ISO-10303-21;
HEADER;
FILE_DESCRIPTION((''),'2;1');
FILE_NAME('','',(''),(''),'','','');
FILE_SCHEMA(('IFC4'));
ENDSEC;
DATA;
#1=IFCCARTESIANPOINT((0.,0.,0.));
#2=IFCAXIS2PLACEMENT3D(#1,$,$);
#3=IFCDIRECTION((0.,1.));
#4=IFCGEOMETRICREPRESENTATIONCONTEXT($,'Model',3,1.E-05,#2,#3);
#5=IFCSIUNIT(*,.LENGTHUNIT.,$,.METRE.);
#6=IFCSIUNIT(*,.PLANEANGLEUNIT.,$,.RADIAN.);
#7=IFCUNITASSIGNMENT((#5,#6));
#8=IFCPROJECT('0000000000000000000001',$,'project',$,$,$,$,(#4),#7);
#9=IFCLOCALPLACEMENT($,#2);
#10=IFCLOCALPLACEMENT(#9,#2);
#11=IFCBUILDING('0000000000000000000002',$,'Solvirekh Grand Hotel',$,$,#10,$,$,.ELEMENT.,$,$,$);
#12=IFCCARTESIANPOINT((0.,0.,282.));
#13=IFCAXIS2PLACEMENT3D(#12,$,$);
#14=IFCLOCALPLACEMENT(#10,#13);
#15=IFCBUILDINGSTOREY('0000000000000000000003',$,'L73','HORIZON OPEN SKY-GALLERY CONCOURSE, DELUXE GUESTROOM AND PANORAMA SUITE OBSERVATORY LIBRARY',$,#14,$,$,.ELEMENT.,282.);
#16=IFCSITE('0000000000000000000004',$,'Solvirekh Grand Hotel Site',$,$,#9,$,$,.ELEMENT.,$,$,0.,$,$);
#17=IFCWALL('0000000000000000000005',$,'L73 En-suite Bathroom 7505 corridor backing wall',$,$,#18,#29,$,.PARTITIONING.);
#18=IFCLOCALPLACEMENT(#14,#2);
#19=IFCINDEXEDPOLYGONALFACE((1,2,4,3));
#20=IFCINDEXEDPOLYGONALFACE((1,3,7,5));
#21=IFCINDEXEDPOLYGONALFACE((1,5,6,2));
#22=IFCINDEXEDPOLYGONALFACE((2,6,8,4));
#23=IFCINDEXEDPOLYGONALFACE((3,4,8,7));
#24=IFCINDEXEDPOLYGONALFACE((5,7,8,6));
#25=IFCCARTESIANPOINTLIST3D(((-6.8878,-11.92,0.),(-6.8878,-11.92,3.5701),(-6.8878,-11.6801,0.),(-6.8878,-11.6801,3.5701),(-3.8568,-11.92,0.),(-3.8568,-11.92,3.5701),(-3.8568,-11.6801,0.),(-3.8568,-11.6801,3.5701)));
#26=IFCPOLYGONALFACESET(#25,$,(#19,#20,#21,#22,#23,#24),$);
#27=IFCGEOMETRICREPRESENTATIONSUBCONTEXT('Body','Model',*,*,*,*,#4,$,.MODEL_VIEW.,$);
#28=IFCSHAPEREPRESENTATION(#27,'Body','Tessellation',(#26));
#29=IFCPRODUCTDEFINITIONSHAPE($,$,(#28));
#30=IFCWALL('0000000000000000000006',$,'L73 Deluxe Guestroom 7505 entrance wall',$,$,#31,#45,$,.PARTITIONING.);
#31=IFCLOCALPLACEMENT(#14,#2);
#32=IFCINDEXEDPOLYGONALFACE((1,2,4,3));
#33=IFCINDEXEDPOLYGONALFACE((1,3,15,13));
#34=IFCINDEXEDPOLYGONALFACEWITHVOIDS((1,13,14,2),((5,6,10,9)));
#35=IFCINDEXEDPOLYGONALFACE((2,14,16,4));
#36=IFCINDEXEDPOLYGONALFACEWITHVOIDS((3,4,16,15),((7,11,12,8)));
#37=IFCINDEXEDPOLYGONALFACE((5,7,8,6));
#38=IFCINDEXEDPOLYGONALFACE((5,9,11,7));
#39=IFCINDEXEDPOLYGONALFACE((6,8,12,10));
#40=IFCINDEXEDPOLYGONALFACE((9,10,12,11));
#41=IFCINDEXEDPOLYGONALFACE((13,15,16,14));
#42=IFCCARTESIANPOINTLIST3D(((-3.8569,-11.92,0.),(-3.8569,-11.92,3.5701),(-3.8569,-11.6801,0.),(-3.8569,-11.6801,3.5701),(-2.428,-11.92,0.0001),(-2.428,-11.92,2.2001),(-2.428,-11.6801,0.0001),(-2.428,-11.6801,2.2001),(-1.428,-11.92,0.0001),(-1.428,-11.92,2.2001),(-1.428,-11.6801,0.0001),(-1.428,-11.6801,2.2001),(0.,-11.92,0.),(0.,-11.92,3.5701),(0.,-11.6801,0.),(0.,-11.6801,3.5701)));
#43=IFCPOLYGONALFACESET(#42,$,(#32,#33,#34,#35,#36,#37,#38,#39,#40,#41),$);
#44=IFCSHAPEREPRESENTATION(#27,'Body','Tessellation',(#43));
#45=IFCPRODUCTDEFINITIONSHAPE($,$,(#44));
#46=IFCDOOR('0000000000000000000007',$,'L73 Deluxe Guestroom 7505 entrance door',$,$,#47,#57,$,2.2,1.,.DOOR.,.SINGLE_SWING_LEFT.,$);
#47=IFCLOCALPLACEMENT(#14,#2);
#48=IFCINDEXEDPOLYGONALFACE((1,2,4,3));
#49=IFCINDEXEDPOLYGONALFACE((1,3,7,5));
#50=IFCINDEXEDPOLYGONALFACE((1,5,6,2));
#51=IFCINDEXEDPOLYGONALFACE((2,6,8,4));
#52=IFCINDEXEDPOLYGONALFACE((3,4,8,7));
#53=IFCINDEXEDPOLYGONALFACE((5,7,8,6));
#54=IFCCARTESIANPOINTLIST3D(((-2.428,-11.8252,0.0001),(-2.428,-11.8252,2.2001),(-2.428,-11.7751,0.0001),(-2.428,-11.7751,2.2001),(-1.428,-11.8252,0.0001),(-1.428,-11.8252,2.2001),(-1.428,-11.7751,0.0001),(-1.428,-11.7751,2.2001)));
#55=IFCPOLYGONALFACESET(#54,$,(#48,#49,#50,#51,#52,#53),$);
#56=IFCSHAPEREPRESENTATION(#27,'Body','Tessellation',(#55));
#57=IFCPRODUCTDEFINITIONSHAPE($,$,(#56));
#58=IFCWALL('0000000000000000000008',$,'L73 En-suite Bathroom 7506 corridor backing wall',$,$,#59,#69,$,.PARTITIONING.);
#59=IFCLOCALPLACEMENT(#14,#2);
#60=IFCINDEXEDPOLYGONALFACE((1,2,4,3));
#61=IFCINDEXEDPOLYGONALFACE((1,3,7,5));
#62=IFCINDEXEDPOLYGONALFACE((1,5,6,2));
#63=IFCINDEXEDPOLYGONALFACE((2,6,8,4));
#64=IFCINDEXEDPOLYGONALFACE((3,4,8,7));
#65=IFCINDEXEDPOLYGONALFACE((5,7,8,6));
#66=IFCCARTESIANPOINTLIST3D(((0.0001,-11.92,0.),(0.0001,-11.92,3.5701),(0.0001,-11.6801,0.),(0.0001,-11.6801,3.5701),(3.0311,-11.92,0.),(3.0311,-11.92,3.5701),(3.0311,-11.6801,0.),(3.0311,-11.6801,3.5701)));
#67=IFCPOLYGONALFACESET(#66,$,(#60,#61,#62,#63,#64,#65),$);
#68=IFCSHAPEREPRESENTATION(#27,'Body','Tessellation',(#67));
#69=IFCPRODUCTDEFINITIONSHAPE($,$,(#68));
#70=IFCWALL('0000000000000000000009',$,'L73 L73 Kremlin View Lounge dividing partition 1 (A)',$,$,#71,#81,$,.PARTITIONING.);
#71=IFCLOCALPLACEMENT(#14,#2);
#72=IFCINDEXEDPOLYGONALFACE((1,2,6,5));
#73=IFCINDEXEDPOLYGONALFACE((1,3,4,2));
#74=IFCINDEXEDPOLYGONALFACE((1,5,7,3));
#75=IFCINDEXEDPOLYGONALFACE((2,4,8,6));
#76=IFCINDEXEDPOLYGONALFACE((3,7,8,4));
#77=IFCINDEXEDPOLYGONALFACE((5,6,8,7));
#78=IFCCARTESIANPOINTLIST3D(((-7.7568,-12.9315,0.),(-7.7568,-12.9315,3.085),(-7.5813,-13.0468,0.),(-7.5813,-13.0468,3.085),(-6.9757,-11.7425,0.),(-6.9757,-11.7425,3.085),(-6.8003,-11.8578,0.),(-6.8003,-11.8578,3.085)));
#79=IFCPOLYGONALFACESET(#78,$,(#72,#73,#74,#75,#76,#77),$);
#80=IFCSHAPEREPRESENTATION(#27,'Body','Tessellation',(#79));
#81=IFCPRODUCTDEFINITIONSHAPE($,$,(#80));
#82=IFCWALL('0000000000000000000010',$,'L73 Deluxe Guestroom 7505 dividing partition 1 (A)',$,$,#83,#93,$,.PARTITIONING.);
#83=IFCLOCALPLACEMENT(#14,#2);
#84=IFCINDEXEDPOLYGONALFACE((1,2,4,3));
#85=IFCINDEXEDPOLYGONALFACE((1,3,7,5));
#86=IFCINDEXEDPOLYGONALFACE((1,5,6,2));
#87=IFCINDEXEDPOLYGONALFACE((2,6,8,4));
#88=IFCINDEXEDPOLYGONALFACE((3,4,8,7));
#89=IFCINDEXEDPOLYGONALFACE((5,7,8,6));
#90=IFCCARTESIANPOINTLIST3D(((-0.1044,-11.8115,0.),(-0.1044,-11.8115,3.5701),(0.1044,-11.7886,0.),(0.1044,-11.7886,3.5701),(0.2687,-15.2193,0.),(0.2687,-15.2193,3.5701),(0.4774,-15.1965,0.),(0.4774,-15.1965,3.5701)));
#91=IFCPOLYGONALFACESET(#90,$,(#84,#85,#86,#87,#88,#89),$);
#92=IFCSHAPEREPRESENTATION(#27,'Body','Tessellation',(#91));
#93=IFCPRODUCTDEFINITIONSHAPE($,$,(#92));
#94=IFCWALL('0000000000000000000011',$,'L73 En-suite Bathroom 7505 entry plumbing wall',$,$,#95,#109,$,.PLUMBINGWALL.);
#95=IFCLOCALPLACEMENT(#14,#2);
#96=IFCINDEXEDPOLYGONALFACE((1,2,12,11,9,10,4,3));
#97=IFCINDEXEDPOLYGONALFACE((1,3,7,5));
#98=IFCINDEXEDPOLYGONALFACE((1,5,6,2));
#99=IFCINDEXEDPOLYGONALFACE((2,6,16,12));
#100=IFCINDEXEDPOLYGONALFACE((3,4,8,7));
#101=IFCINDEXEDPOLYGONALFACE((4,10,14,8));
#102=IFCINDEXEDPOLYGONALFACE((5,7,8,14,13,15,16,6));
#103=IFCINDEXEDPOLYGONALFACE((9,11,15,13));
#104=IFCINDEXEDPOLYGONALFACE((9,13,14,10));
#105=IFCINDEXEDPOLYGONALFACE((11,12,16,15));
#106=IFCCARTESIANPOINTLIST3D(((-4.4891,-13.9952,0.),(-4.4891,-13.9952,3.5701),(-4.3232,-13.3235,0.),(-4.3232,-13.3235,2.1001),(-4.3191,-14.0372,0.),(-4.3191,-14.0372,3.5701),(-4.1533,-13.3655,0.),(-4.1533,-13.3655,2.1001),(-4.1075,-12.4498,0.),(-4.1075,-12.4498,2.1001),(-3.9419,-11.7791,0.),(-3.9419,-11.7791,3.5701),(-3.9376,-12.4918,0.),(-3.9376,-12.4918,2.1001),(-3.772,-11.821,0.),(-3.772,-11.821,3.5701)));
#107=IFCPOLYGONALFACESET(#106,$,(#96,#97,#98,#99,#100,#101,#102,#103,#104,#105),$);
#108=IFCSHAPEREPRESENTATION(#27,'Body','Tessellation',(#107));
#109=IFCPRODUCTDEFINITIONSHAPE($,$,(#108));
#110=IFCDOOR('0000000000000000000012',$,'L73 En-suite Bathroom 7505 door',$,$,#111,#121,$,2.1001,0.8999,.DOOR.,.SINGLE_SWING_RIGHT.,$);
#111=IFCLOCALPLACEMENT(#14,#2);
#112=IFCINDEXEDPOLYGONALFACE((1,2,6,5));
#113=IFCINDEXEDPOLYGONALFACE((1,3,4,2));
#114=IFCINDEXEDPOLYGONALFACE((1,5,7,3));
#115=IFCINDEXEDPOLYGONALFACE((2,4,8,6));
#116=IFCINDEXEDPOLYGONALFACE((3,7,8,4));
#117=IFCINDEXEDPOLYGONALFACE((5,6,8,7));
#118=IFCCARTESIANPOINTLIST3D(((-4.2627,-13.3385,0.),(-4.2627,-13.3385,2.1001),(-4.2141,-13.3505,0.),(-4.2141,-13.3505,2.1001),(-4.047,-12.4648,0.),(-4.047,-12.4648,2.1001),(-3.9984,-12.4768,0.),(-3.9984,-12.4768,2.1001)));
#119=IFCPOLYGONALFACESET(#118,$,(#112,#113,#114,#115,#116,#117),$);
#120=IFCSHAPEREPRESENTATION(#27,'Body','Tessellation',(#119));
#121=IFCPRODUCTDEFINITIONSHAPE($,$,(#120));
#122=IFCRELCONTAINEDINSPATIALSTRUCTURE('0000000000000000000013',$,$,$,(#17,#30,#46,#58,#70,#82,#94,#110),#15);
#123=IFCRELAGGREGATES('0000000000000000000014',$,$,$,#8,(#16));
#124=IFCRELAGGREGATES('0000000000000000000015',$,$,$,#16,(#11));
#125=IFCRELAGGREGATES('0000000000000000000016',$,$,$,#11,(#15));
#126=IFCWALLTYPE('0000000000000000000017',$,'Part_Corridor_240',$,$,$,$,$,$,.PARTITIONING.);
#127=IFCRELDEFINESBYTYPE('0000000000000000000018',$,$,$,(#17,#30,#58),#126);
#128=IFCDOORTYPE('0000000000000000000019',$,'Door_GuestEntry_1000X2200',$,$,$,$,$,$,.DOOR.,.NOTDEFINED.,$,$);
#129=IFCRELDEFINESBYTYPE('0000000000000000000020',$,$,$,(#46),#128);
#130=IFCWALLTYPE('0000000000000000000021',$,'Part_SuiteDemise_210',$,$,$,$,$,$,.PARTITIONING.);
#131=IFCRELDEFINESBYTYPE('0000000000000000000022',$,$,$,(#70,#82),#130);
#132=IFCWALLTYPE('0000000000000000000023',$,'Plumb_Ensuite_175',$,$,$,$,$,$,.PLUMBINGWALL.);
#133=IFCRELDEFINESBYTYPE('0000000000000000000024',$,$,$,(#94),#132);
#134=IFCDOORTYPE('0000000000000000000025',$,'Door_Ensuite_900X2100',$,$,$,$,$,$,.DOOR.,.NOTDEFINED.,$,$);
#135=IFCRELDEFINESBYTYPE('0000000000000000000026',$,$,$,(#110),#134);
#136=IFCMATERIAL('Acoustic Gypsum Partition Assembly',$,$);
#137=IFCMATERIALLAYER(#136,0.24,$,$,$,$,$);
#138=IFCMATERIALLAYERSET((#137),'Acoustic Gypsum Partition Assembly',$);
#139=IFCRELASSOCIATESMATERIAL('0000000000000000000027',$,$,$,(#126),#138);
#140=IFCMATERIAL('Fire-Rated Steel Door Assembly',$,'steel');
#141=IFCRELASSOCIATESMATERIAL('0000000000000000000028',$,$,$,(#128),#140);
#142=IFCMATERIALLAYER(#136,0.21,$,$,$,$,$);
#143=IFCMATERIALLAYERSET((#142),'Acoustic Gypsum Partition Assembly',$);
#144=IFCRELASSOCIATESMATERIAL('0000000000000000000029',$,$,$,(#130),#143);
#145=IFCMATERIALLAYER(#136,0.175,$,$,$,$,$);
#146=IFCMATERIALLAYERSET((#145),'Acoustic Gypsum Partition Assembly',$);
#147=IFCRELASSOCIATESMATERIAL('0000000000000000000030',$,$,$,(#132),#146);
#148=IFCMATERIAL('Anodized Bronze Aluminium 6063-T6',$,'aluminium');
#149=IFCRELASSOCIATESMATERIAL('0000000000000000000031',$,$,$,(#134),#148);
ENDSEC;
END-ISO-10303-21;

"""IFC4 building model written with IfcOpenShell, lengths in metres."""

from ifc_helpers import new_model, si_unit, direction, frame, frame_2d, origin, place, context, subcontext, project, spatial, rectangle, extrude, material, layer, layer_set, type_object, element, fill, save


model = new_model("IFC4")

# Units and contexts
model_context = context("Model", 3, precision=1e-05, world=origin(), true_north=direction((0.0, 1.0)))
body_context = subcontext(model_context, "Body", "Model", "MODEL_VIEW")
ifc_project = project(units=[si_unit("LENGTHUNIT", "METRE"), si_unit("PLANEANGLEUNIT", "RADIAN")], contexts=[model_context])

# Site, building, storey
site_placement = place(None, origin())
site = spatial("IfcSite", under=ifc_project, at=site_placement, Name="Solvirekh Grand Hotel Site", CompositionType="ELEMENT", RefElevation=0.0)
building_placement = place(site_placement, origin())
building = spatial("IfcBuilding", under=site, at=building_placement, Name="Solvirekh Grand Hotel", CompositionType="ELEMENT")
storey_placement = place(building_placement, frame((0.0, 0.0, 282.0)))
storey = spatial("IfcBuildingStorey", under=building, at=storey_placement, Name="L73", Description="HORIZON OPEN SKY-GALLERY CONCOURSE, DELUXE GUESTROOM AND PANORAMA SUITE OBSERVATORY LIBRARY", CompositionType="ELEMENT", Elevation=282.0)

# Shared definitions
ifc_material_1 = material(Name="Anodized Bronze Aluminium 6063-T6", Category="aluminium")

# Wall
ifc_material_2 = material(Name="Acoustic Gypsum Partition Assembly")
ifc_layer_1 = layer(ifc_material_2, 0.24)
ifc_layer_set_1 = layer_set([ifc_layer_1], Name="Acoustic Gypsum Partition Assembly")
wall_type_1 = type_object("IfcWallType", Name="Part_Corridor_240", PredefinedType="PARTITIONING", material=ifc_layer_set_1)
wall_1_placement = place(storey_placement, frame((-6.8879, -11.8, 0.0), z_axis=(0.0, 0.0, 1.0), x_axis=(1.0, 0.0, 0.0)))
element("IfcWall", 1, at=wall_1_placement, inside=storey, type_object=wall_type_1, Name="L73 En-suite Bathroom 7505 corridor backing wall", PredefinedType="PARTITIONING", context=body_context, shape_type="SweptSolid", body=[
    extrude(rectangle(XDim=3.031, YDim=0.24, at=frame_2d((1.5156, 0.0))), origin(), (0.0, 0.0, 1.0), 3.5701),
])

# Wall, opening, door
wall_2_placement = place(storey_placement, frame((-3.8569, -11.8, 0.0), z_axis=(0.0, 0.0, 1.0), x_axis=(1.0, 0.0, 0.0)))
wall_2 = element("IfcWall", 2, at=wall_2_placement, inside=storey, type_object=wall_type_1, Name="L73 Deluxe Guestroom 7505 entrance wall", PredefinedType="PARTITIONING", context=body_context, shape_type="SweptSolid", body=[
    extrude(rectangle(XDim=3.8569, YDim=0.24, at=frame_2d((1.9285, 0.0))), origin(), (0.0, 0.0, 1.0), 3.5701),
])
opening_1_placement = place(wall_2_placement, frame((1.429, 0.0, 0.0)))
opening_1 = element("IfcOpeningElement", 3, at=opening_1_placement, cuts=wall_2, PredefinedType="OPENING", context=body_context, shape_type="SweptSolid", body=[
    extrude(rectangle(XDim=1.0, YDim=2.2, at=frame_2d((0.5, 1.1001))), frame((0.0, 0.1299, 0.0), z_axis=(0.0, -1.0, 0.0), x_axis=(1.0, 0.0, 0.0)), (0.0, 0.0, 1.0), 0.26),
])
ifc_material_3 = material(Name="Fire-Rated Steel Door Assembly", Category="steel")
door_type_1 = type_object("IfcDoorType", Name="Door_GuestEntry_1000X2200", OperationType="NOTDEFINED", PredefinedType="DOOR", material=ifc_material_3)
door_1_placement = place(opening_1_placement, origin())
door_1 = element("IfcDoor", 4, at=door_1_placement, inside=storey, type_object=door_type_1, Name="L73 Deluxe Guestroom 7505 entrance door", OperationType="SINGLE_SWING_LEFT", OverallHeight=2.2, OverallWidth=1.0, PredefinedType="DOOR", context=body_context, shape_type="SweptSolid", body=[
    extrude(rectangle(XDim=1.0, YDim=2.2, at=frame_2d((0.5, 1.1001))), frame((0.0, 0.0249, 0.0), z_axis=(0.0, -1.0, 0.0), x_axis=(1.0, 0.0, 0.0)), (0.0, 0.0, 1.0), 0.05),
])
fill(opening_1, door_1)

# Walls
wall_3_placement = place(storey_placement, frame((0.0, -11.8, 0.0), z_axis=(0.0, 0.0, 1.0), x_axis=(1.0, 0.0, 0.0)))
element("IfcWall", 5, at=wall_3_placement, inside=storey, type_object=wall_type_1, Name="L73 En-suite Bathroom 7506 corridor backing wall", PredefinedType="PARTITIONING", context=body_context, shape_type="SweptSolid", body=[
    extrude(rectangle(XDim=3.031, YDim=0.24, at=frame_2d((1.5156, 0.0))), origin(), (0.0, 0.0, 1.0), 3.5701),
])
ifc_layer_2 = layer(ifc_material_2, 0.21)
ifc_layer_set_2 = layer_set([ifc_layer_2], Name="Acoustic Gypsum Partition Assembly")
wall_type_2 = type_object("IfcWallType", Name="Part_SuiteDemise_210", PredefinedType="PARTITIONING", material=ifc_layer_set_2)
wall_4_placement = place(storey_placement, frame((-6.8879, -11.8, 0.0), z_axis=(0.0, 0.0, 1.0), x_axis=(-0.549024, -0.835807, 0.0)))
element("IfcWall", 6, at=wall_4_placement, inside=storey, type_object=wall_type_2, Name="L73 L73 Kremlin View Lounge dividing partition 1 (A)", PredefinedType="PARTITIONING", context=body_context, shape_type="SweptSolid", body=[
    extrude(rectangle(XDim=1.4226, YDim=0.21, at=frame_2d((0.7114, 0.0))), origin(), (0.0, 0.0, 1.0), 3.085),
])
wall_5_placement = place(storey_placement, frame((0.0, -11.8, 0.0), z_axis=(0.0, 0.0, 1.0), x_axis=(0.108813, -0.994062, 0.0)))
element("IfcWall", 7, at=wall_5_placement, inside=storey, type_object=wall_type_2, Name="L73 Deluxe Guestroom 7505 dividing partition 1 (A)", PredefinedType="PARTITIONING", context=body_context, shape_type="SweptSolid", body=[
    extrude(rectangle(XDim=3.4282, YDim=0.21, at=frame_2d((1.7141, 0.0))), origin(), (0.0, 0.0, 1.0), 3.5701),
])

# Wall, opening, door
ifc_layer_3 = layer(ifc_material_2, 0.175)
ifc_layer_set_3 = layer_set([ifc_layer_3], Name="Acoustic Gypsum Partition Assembly")
wall_type_3 = type_object("IfcWallType", Name="Plumb_Ensuite_175", PredefinedType="PLUMBINGWALL", material=ifc_layer_set_3)
wall_6_placement = place(storey_placement, frame((-3.8569, -11.8, 0.0), z_axis=(0.0, 0.0, 1.0), x_axis=(-0.239691, -0.970849, 0.0)))
wall_6 = element("IfcWall", 8, at=wall_6_placement, inside=storey, type_object=wall_type_3, Name="L73 En-suite Bathroom 7505 entry plumbing wall", PredefinedType="PLUMBINGWALL", context=body_context, shape_type="SweptSolid", body=[
    extrude(rectangle(XDim=2.2827, YDim=0.175, at=frame_2d((1.1414, 0.0))), origin(), (0.0, 0.0, 1.0), 3.5701),
])
opening_2_placement = place(wall_6_placement, frame((0.6909, 0.0, 0.0)))
opening_2 = element("IfcOpeningElement", 9, at=opening_2_placement, cuts=wall_6, PredefinedType="OPENING", context=body_context, shape_type="SweptSolid", body=[
    extrude(rectangle(XDim=0.8999, YDim=2.1001, at=frame_2d((0.45, 1.05))), frame((0.0, 0.0977, 0.0), z_axis=(0.0, -1.0, 0.0), x_axis=(1.0, 0.0, 0.0)), (0.0, 0.0, 1.0), 0.1951),
])
door_type_2 = type_object("IfcDoorType", Name="Door_Ensuite_900X2100", OperationType="NOTDEFINED", PredefinedType="DOOR", material=ifc_material_1)
door_2_placement = place(opening_2_placement, origin())
door_2 = element("IfcDoor", 10, at=door_2_placement, inside=storey, type_object=door_type_2, Name="L73 En-suite Bathroom 7505 door", OperationType="SINGLE_SWING_RIGHT", OverallHeight=2.1001, OverallWidth=0.8999, PredefinedType="DOOR", context=body_context, shape_type="SweptSolid", body=[
    extrude(rectangle(XDim=0.8999, YDim=2.1001, at=frame_2d((0.45, 1.05))), frame((0.0, 0.0249, 0.0), z_axis=(0.0, -1.0, 0.0), x_axis=(1.0, 0.0, 0.0)), (0.0, 0.0, 1.0), 0.05),
])
fill(opening_2, door_2)

save(model, "model.ifc")
